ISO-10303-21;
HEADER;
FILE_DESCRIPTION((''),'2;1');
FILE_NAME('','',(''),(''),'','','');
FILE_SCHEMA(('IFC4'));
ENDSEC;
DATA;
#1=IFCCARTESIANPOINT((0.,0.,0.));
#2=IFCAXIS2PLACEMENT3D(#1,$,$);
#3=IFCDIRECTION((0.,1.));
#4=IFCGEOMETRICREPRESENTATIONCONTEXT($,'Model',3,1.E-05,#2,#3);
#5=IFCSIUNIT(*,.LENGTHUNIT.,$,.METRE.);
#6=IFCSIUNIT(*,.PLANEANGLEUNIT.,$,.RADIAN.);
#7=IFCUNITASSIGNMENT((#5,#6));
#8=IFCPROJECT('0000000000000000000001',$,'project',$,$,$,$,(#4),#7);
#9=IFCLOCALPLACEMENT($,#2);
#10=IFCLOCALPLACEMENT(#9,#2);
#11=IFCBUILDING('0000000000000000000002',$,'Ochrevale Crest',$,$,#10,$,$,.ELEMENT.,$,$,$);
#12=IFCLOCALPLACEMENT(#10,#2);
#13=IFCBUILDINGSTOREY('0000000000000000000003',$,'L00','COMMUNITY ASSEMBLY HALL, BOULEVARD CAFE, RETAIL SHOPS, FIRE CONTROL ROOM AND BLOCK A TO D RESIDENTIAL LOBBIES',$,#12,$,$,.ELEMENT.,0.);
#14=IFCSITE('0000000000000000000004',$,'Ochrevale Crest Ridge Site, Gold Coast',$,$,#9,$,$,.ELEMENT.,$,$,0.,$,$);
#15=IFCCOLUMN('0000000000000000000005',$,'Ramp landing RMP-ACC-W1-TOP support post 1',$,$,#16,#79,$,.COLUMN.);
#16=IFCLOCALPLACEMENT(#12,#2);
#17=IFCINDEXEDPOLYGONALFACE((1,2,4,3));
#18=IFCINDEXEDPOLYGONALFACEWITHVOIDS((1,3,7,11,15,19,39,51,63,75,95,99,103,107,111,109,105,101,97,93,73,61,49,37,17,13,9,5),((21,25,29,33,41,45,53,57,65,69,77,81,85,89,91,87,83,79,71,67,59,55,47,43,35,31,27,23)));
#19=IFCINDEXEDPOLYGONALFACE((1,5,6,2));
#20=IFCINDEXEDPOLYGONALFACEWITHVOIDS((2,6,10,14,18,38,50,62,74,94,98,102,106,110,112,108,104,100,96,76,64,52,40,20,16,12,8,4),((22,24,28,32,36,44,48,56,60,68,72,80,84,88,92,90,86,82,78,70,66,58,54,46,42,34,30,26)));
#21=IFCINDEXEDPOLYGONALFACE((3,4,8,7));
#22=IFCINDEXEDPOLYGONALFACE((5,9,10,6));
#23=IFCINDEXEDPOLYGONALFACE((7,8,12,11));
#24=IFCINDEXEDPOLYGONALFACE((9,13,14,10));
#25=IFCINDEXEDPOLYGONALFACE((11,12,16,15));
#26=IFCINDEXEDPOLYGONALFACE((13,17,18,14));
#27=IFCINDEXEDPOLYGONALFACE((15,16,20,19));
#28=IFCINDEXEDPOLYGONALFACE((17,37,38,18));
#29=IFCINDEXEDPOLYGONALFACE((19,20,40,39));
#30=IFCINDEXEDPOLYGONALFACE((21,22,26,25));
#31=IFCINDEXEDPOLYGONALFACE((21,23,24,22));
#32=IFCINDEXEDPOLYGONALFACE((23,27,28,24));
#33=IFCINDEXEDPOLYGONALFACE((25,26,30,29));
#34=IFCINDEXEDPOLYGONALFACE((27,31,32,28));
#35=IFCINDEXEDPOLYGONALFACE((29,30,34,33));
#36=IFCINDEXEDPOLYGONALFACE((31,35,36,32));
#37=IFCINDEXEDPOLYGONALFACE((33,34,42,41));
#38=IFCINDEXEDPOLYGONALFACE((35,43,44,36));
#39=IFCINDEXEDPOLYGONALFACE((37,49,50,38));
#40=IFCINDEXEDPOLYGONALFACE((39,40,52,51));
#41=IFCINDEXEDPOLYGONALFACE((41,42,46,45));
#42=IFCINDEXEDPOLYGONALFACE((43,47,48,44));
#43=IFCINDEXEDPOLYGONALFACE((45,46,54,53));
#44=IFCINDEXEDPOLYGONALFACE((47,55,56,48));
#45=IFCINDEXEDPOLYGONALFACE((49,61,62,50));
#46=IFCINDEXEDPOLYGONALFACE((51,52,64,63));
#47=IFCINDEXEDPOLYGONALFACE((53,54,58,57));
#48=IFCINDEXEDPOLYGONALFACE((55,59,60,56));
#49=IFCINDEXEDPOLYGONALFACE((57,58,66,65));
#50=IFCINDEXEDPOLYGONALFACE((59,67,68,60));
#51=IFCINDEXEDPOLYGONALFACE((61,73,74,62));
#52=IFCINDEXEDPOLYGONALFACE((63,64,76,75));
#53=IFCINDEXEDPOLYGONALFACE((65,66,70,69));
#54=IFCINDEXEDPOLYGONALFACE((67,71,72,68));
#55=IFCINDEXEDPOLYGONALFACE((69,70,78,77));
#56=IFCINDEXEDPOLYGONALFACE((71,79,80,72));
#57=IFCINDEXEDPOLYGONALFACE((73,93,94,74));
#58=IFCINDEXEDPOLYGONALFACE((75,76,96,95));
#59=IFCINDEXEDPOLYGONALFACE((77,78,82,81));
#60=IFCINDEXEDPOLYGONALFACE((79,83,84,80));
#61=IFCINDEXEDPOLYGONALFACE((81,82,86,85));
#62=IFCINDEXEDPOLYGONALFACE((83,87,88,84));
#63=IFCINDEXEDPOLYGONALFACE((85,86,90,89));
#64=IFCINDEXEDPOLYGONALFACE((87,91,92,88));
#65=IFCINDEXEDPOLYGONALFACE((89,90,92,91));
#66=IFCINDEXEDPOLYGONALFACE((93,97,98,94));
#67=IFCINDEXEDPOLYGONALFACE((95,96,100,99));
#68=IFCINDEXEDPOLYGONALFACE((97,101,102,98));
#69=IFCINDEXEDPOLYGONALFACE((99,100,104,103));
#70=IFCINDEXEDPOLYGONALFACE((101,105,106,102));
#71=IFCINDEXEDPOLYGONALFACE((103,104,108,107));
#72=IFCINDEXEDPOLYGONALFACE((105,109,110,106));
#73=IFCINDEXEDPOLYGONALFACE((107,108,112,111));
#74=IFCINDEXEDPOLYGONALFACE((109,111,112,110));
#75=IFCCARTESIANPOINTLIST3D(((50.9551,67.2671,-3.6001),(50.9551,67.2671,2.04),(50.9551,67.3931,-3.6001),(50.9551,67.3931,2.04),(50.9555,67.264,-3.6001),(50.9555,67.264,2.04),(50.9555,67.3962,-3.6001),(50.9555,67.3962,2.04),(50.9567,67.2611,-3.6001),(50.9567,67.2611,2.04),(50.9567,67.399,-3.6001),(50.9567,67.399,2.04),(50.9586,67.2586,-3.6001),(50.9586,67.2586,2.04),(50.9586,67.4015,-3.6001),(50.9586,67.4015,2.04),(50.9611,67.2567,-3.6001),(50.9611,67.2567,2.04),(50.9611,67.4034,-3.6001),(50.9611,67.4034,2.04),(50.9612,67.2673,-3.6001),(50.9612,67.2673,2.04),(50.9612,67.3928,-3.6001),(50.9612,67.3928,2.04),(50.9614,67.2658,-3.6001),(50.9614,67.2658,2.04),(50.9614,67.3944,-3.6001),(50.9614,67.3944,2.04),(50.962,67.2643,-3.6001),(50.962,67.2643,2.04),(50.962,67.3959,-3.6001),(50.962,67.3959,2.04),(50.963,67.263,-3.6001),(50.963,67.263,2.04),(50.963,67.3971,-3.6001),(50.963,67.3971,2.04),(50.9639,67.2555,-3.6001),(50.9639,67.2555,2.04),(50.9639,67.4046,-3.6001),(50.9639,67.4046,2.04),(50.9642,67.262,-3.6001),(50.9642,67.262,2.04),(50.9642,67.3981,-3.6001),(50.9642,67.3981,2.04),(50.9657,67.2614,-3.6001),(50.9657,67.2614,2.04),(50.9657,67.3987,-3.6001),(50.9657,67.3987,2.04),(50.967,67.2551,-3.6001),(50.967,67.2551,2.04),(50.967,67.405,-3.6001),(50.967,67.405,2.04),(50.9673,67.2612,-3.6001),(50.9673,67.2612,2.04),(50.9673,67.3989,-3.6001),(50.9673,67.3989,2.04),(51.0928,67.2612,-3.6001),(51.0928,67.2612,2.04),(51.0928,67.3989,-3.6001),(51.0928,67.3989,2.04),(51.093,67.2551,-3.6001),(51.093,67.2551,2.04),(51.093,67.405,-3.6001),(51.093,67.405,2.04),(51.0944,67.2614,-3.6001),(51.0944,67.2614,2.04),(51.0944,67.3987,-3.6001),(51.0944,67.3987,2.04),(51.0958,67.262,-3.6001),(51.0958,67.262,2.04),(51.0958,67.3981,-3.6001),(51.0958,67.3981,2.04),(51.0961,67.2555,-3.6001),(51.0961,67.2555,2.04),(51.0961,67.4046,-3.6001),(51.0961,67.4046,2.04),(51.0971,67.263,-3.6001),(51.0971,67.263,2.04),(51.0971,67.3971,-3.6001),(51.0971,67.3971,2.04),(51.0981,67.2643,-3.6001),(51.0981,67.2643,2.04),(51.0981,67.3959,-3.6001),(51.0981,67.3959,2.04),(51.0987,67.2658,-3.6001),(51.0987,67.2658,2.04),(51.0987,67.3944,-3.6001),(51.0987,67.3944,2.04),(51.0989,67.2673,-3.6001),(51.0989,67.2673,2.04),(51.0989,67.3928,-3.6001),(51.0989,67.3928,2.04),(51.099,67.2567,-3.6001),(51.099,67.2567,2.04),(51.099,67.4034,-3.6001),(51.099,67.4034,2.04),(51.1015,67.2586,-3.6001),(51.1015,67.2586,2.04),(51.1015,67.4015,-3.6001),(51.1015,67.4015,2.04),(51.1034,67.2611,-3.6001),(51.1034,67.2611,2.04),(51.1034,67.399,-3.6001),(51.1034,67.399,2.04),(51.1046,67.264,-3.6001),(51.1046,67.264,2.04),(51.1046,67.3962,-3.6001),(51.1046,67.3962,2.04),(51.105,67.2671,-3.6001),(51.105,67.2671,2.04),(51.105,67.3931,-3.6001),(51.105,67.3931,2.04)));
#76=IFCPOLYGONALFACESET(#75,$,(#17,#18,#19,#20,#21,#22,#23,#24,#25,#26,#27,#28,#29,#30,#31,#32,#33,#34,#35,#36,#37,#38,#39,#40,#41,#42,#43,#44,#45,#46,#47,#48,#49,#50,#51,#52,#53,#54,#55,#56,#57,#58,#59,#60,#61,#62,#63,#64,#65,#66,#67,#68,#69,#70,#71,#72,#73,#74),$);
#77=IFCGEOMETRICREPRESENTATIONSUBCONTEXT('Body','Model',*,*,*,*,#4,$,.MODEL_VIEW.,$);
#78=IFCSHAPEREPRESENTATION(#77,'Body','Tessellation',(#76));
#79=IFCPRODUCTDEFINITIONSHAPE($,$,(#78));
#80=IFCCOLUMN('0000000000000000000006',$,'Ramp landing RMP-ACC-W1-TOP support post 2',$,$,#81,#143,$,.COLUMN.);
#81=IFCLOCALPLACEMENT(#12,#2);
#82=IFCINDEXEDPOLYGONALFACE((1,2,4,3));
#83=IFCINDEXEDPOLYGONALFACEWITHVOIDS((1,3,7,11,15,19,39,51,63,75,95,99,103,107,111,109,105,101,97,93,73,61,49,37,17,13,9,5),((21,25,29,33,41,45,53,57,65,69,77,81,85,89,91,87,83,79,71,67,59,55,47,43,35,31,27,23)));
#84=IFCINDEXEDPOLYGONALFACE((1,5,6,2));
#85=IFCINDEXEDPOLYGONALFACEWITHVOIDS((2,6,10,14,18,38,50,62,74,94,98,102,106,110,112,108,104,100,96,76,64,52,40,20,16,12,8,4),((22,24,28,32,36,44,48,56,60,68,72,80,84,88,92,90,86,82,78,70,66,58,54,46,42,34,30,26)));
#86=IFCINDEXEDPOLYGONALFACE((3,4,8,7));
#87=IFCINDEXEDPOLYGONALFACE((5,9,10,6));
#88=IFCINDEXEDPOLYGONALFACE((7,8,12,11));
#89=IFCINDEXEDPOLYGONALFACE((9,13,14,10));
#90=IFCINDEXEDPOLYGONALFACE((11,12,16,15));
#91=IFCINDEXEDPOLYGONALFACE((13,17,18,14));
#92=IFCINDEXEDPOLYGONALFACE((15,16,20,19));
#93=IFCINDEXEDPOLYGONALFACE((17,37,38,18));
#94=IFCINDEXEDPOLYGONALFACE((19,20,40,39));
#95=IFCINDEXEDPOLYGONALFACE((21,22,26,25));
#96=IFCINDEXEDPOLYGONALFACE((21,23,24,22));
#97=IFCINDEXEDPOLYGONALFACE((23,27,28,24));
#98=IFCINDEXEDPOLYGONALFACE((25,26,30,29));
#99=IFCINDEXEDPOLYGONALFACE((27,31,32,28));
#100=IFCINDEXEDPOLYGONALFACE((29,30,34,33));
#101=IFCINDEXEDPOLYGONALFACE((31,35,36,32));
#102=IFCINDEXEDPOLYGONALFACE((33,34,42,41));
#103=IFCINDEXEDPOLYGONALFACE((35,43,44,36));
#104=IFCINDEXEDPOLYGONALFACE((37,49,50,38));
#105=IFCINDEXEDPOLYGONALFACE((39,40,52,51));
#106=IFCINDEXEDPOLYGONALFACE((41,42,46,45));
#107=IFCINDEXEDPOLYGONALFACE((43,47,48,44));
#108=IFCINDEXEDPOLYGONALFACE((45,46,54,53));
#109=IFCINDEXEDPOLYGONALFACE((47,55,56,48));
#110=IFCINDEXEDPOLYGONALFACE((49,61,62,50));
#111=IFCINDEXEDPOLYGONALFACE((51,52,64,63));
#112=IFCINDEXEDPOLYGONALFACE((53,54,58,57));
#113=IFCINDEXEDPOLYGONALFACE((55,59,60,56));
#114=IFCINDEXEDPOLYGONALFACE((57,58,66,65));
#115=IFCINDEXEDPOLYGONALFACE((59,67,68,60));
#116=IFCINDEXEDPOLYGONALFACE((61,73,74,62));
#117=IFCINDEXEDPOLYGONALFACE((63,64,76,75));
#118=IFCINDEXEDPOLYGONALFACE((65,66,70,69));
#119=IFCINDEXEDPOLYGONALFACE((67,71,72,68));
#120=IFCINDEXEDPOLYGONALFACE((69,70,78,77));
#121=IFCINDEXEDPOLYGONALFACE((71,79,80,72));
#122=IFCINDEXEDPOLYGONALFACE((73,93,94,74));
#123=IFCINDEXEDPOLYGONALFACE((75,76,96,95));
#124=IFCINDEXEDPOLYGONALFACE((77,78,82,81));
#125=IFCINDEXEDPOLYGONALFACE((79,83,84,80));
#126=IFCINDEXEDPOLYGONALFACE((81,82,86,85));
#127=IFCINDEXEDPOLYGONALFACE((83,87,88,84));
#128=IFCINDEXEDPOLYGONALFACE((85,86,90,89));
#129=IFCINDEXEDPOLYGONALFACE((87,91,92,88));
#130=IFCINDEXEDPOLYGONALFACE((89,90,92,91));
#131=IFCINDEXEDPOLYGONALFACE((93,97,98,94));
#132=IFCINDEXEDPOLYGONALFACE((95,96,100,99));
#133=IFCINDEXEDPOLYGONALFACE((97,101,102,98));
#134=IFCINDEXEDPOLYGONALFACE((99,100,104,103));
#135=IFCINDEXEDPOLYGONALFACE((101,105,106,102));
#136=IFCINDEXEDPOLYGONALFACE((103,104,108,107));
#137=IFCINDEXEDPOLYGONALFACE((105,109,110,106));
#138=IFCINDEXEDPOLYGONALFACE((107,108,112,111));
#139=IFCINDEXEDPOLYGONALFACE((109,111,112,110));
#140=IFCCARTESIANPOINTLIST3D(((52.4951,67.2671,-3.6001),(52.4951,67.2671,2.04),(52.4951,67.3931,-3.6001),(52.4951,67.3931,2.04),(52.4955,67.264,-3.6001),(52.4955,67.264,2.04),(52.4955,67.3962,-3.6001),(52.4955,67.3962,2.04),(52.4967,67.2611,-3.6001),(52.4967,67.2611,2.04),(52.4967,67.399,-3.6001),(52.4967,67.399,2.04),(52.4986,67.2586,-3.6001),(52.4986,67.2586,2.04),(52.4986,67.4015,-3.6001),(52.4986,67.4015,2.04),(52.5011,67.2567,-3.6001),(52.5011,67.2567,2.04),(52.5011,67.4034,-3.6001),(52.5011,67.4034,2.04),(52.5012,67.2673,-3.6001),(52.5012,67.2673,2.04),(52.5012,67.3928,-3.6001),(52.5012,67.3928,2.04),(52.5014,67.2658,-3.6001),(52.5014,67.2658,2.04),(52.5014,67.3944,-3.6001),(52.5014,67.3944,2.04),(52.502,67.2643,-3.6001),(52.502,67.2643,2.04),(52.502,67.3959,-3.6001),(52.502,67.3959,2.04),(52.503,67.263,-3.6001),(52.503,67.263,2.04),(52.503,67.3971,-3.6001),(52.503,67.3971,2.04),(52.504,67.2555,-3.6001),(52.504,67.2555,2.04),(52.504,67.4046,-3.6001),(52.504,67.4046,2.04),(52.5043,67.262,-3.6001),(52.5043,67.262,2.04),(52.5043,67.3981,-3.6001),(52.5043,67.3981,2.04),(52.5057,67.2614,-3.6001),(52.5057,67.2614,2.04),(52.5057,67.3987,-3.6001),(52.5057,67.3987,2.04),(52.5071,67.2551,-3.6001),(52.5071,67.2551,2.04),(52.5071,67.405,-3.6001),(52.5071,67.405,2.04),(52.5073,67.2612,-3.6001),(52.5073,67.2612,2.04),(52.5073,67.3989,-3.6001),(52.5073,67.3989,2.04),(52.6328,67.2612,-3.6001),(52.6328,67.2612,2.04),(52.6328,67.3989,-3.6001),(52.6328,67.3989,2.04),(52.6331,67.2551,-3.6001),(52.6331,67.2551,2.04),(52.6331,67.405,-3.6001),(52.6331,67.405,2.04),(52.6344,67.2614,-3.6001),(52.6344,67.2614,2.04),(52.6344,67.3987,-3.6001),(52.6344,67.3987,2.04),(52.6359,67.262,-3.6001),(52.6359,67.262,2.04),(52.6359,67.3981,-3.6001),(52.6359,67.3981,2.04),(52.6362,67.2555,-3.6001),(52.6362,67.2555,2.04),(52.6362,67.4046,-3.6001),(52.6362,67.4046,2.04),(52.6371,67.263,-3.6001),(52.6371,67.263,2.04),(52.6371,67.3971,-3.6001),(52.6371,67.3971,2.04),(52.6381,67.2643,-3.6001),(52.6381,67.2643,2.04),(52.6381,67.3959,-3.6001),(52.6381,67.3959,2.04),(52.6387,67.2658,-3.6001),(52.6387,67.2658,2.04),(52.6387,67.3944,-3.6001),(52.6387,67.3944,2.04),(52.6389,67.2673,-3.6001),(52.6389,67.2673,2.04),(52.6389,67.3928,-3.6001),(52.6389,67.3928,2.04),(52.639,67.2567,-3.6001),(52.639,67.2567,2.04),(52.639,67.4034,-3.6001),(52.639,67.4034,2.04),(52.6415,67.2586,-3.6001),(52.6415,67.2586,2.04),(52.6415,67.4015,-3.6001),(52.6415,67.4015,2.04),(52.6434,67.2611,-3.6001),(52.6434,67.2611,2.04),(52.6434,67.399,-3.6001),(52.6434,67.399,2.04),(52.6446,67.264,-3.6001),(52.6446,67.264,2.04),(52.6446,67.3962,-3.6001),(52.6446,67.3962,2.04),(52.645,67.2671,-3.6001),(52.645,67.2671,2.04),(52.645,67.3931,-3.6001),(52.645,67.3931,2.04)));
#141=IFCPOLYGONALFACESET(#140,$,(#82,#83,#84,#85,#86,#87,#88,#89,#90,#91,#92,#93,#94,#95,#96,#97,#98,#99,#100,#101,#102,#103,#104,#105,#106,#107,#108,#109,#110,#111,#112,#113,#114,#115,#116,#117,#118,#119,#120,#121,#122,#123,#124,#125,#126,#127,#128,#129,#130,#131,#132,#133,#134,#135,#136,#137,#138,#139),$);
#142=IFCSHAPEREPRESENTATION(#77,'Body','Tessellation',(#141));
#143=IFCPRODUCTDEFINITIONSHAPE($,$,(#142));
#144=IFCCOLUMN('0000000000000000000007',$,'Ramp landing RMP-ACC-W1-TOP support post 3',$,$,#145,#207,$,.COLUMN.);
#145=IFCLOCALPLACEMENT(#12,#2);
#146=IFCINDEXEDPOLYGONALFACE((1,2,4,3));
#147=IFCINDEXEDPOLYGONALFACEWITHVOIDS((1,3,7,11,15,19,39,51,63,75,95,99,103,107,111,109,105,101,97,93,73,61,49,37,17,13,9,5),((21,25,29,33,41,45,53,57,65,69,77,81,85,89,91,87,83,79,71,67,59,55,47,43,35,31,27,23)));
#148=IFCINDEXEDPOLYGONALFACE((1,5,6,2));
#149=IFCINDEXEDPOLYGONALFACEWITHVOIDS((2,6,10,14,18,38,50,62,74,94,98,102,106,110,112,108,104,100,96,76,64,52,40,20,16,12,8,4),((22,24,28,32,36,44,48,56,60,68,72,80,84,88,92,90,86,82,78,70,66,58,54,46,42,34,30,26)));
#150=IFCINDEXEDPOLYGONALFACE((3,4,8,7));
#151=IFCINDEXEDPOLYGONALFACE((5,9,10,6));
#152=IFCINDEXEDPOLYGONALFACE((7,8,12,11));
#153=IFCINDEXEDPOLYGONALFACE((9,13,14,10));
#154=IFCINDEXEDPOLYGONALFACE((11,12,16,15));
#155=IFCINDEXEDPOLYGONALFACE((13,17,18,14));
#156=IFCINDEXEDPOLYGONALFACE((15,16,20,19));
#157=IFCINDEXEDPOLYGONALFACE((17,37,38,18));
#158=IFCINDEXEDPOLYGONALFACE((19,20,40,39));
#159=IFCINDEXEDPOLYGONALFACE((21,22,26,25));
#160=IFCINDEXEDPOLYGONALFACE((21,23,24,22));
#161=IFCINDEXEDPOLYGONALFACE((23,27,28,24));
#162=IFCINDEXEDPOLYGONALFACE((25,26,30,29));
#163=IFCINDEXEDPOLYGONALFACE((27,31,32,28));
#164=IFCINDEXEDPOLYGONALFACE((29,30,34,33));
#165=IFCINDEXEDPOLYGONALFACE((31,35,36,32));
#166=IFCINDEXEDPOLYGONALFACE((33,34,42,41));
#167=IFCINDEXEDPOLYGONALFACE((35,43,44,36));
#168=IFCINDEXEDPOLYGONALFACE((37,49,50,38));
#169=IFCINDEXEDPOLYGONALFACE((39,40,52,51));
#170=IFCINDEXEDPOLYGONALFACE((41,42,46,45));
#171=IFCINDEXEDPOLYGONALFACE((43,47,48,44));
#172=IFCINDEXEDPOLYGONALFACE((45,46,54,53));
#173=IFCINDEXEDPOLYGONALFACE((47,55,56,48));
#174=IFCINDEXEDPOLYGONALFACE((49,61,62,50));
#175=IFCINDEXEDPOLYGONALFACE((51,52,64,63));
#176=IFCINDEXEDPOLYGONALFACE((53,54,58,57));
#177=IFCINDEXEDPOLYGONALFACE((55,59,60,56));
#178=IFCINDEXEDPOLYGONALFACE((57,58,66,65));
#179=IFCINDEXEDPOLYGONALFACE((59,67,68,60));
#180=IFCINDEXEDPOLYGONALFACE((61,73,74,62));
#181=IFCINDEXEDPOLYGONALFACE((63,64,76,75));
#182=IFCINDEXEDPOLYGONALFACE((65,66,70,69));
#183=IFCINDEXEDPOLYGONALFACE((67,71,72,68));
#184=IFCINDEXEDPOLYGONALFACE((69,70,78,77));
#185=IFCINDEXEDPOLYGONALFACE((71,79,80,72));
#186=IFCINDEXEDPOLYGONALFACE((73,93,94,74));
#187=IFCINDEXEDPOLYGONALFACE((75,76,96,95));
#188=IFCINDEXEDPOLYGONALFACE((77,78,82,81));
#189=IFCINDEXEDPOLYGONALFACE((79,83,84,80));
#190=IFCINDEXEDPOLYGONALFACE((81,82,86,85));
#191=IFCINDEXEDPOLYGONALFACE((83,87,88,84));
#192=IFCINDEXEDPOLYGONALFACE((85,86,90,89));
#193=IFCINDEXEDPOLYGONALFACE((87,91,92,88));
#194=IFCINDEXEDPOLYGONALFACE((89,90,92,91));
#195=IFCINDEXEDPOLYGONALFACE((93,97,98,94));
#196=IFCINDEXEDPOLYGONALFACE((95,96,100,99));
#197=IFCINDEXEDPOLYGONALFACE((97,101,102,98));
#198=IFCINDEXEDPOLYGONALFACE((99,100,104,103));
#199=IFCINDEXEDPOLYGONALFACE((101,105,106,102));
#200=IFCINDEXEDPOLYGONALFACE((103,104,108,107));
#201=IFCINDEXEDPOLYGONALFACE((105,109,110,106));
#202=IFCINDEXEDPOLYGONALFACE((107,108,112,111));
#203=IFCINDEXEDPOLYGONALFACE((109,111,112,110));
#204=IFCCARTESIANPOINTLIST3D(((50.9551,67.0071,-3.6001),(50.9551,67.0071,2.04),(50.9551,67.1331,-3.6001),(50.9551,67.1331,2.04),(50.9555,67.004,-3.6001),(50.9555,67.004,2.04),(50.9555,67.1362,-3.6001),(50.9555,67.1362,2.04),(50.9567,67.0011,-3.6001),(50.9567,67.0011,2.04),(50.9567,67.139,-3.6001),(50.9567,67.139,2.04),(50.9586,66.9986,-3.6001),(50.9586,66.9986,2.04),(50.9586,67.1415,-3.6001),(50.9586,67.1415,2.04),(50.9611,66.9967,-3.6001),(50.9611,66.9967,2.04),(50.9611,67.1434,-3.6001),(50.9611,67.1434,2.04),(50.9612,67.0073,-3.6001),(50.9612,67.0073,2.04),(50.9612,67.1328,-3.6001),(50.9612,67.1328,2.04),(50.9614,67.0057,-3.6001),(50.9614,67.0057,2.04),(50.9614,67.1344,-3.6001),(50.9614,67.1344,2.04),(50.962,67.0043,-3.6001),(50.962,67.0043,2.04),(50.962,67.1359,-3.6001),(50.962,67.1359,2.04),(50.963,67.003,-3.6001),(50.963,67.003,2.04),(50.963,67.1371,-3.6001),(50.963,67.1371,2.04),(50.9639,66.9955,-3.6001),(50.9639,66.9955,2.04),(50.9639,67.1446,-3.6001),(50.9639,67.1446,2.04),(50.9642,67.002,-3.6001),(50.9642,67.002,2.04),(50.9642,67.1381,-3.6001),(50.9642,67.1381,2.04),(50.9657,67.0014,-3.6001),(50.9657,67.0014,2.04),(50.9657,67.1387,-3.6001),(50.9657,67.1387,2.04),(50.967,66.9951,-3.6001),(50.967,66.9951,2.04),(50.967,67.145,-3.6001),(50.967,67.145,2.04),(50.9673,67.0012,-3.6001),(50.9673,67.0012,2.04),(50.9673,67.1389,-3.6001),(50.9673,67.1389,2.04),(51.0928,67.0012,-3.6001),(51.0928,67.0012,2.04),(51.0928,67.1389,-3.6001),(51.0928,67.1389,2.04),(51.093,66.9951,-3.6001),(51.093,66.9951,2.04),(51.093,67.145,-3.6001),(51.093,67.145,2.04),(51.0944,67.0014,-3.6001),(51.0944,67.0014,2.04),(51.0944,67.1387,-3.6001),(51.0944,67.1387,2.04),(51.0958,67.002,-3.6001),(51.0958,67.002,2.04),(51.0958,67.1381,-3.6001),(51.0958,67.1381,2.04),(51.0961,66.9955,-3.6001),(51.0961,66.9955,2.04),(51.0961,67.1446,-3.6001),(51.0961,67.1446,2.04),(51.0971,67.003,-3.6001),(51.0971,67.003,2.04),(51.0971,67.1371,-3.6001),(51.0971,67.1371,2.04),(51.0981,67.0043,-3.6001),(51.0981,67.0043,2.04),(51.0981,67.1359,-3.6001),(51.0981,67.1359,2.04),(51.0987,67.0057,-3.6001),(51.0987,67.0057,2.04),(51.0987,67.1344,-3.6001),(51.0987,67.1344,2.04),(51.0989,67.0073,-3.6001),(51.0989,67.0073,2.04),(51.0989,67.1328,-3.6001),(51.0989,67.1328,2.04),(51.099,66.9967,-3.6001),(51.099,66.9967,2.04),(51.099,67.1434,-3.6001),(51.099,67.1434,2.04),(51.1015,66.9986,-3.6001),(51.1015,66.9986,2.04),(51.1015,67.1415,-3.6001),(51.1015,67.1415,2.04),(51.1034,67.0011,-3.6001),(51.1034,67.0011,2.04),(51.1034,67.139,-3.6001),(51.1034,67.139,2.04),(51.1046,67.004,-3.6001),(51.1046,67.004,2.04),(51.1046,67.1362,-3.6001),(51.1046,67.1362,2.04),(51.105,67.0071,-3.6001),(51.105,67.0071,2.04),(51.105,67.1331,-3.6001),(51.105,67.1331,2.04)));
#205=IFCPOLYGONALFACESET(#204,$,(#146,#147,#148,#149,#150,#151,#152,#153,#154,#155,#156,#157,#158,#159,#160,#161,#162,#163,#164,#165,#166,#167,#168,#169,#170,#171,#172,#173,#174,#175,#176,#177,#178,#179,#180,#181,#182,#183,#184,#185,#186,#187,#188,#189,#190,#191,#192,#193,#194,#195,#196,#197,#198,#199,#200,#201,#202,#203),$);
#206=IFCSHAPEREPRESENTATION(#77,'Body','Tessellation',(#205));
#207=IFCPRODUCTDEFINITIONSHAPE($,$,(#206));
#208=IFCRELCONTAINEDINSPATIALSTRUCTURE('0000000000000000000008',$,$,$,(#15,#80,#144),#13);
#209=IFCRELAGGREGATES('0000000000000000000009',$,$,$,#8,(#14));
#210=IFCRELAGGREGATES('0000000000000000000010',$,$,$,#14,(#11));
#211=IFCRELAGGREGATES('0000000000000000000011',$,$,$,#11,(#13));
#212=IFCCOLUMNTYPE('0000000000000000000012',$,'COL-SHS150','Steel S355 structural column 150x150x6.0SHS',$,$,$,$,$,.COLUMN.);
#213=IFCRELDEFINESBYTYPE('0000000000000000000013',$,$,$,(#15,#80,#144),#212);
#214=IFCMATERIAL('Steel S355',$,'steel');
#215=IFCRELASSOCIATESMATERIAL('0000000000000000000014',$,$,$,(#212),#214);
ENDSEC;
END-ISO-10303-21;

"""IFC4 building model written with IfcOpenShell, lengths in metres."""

from ifc_helpers import new_model, si_unit, direction, frame, origin, origin_2d, place, context, subcontext, project, spatial, hollow_rectangle, extrude, material, material_profile, profile_set, type_object, element, save


model = new_model("IFC4")

# Units and contexts
model_context = context("Model", 3, precision=1e-05, world=origin(), true_north=direction((0.0, 1.0)))
body_context = subcontext(model_context, "Body", "Model", "MODEL_VIEW")
ifc_project = project(units=[si_unit("LENGTHUNIT", "METRE"), si_unit("PLANEANGLEUNIT", "RADIAN")], contexts=[model_context])

# Site, building, storey
site_placement = place(None, origin())
site = spatial("IfcSite", under=ifc_project, at=site_placement, Name="Ochrevale Crest Ridge Site, Gold Coast", CompositionType="ELEMENT", RefElevation=0.0)
building_placement = place(site_placement, origin())
building = spatial("IfcBuilding", under=site, at=building_placement, Name="Ochrevale Crest", CompositionType="ELEMENT")
storey_placement = place(building_placement, origin())
storey = spatial("IfcBuildingStorey", under=building, at=storey_placement, Name="L00", Description="COMMUNITY ASSEMBLY HALL, BOULEVARD CAFE, RETAIL SHOPS, FIRE CONTROL ROOM AND BLOCK A TO D RESIDENTIAL LOBBIES", CompositionType="ELEMENT", Elevation=0.0)

# Columns
ifc_material_1 = material(Name="Steel S355", Category="steel")
ifc_material_profile_1 = material_profile(ifc_material_1, hollow_rectangle(XDim=0.1499, YDim=0.1499, WallThickness=0.0061, InnerFilletRadius=0.0061, OuterFilletRadius=0.012, at=origin_2d()), Name="150x150x6.0SHS")
ifc_profile_set_1 = profile_set([ifc_material_profile_1], Name="Steel S355")
column_type_1 = type_object("IfcColumnType", Name="COL-SHS150", Description="Steel S355 structural column 150x150x6.0SHS", PredefinedType="COLUMN", material=ifc_profile_set_1)
for number, where, z_axis, x_axis, name in (
    (1, (51.03, 67.3301, -3.6001), (0.0, 0.0, 1.0), (1.0, 0.0, 0.0), "Ramp landing RMP-ACC-W1-TOP support post 1"),
    (2, (52.5701, 67.3301, -3.6001), (0.0, 0.0, 1.0), (1.0, 0.0, 0.0), "Ramp landing RMP-ACC-W1-TOP support post 2"),
    (3, (51.03, 67.0701, -3.6001), (0.0, 0.0, 1.0), (1.0, 0.0, 0.0), "Ramp landing RMP-ACC-W1-TOP support post 3"),
):
    element("IfcColumn", number, at=place(storey_placement, frame(where, z_axis=z_axis, x_axis=x_axis)), inside=storey, type_object=column_type_1, Name=name, PredefinedType="COLUMN", context=body_context, shape_type="SweptSolid", body=[
        extrude(hollow_rectangle(XDim=0.1499, YDim=0.1499, WallThickness=0.0061, InnerFilletRadius=0.0061, OuterFilletRadius=0.012, at=origin_2d()), origin(), (0.0, 0.0, 1.0), 5.6401),
    ])

save(model, "model.ifc")
